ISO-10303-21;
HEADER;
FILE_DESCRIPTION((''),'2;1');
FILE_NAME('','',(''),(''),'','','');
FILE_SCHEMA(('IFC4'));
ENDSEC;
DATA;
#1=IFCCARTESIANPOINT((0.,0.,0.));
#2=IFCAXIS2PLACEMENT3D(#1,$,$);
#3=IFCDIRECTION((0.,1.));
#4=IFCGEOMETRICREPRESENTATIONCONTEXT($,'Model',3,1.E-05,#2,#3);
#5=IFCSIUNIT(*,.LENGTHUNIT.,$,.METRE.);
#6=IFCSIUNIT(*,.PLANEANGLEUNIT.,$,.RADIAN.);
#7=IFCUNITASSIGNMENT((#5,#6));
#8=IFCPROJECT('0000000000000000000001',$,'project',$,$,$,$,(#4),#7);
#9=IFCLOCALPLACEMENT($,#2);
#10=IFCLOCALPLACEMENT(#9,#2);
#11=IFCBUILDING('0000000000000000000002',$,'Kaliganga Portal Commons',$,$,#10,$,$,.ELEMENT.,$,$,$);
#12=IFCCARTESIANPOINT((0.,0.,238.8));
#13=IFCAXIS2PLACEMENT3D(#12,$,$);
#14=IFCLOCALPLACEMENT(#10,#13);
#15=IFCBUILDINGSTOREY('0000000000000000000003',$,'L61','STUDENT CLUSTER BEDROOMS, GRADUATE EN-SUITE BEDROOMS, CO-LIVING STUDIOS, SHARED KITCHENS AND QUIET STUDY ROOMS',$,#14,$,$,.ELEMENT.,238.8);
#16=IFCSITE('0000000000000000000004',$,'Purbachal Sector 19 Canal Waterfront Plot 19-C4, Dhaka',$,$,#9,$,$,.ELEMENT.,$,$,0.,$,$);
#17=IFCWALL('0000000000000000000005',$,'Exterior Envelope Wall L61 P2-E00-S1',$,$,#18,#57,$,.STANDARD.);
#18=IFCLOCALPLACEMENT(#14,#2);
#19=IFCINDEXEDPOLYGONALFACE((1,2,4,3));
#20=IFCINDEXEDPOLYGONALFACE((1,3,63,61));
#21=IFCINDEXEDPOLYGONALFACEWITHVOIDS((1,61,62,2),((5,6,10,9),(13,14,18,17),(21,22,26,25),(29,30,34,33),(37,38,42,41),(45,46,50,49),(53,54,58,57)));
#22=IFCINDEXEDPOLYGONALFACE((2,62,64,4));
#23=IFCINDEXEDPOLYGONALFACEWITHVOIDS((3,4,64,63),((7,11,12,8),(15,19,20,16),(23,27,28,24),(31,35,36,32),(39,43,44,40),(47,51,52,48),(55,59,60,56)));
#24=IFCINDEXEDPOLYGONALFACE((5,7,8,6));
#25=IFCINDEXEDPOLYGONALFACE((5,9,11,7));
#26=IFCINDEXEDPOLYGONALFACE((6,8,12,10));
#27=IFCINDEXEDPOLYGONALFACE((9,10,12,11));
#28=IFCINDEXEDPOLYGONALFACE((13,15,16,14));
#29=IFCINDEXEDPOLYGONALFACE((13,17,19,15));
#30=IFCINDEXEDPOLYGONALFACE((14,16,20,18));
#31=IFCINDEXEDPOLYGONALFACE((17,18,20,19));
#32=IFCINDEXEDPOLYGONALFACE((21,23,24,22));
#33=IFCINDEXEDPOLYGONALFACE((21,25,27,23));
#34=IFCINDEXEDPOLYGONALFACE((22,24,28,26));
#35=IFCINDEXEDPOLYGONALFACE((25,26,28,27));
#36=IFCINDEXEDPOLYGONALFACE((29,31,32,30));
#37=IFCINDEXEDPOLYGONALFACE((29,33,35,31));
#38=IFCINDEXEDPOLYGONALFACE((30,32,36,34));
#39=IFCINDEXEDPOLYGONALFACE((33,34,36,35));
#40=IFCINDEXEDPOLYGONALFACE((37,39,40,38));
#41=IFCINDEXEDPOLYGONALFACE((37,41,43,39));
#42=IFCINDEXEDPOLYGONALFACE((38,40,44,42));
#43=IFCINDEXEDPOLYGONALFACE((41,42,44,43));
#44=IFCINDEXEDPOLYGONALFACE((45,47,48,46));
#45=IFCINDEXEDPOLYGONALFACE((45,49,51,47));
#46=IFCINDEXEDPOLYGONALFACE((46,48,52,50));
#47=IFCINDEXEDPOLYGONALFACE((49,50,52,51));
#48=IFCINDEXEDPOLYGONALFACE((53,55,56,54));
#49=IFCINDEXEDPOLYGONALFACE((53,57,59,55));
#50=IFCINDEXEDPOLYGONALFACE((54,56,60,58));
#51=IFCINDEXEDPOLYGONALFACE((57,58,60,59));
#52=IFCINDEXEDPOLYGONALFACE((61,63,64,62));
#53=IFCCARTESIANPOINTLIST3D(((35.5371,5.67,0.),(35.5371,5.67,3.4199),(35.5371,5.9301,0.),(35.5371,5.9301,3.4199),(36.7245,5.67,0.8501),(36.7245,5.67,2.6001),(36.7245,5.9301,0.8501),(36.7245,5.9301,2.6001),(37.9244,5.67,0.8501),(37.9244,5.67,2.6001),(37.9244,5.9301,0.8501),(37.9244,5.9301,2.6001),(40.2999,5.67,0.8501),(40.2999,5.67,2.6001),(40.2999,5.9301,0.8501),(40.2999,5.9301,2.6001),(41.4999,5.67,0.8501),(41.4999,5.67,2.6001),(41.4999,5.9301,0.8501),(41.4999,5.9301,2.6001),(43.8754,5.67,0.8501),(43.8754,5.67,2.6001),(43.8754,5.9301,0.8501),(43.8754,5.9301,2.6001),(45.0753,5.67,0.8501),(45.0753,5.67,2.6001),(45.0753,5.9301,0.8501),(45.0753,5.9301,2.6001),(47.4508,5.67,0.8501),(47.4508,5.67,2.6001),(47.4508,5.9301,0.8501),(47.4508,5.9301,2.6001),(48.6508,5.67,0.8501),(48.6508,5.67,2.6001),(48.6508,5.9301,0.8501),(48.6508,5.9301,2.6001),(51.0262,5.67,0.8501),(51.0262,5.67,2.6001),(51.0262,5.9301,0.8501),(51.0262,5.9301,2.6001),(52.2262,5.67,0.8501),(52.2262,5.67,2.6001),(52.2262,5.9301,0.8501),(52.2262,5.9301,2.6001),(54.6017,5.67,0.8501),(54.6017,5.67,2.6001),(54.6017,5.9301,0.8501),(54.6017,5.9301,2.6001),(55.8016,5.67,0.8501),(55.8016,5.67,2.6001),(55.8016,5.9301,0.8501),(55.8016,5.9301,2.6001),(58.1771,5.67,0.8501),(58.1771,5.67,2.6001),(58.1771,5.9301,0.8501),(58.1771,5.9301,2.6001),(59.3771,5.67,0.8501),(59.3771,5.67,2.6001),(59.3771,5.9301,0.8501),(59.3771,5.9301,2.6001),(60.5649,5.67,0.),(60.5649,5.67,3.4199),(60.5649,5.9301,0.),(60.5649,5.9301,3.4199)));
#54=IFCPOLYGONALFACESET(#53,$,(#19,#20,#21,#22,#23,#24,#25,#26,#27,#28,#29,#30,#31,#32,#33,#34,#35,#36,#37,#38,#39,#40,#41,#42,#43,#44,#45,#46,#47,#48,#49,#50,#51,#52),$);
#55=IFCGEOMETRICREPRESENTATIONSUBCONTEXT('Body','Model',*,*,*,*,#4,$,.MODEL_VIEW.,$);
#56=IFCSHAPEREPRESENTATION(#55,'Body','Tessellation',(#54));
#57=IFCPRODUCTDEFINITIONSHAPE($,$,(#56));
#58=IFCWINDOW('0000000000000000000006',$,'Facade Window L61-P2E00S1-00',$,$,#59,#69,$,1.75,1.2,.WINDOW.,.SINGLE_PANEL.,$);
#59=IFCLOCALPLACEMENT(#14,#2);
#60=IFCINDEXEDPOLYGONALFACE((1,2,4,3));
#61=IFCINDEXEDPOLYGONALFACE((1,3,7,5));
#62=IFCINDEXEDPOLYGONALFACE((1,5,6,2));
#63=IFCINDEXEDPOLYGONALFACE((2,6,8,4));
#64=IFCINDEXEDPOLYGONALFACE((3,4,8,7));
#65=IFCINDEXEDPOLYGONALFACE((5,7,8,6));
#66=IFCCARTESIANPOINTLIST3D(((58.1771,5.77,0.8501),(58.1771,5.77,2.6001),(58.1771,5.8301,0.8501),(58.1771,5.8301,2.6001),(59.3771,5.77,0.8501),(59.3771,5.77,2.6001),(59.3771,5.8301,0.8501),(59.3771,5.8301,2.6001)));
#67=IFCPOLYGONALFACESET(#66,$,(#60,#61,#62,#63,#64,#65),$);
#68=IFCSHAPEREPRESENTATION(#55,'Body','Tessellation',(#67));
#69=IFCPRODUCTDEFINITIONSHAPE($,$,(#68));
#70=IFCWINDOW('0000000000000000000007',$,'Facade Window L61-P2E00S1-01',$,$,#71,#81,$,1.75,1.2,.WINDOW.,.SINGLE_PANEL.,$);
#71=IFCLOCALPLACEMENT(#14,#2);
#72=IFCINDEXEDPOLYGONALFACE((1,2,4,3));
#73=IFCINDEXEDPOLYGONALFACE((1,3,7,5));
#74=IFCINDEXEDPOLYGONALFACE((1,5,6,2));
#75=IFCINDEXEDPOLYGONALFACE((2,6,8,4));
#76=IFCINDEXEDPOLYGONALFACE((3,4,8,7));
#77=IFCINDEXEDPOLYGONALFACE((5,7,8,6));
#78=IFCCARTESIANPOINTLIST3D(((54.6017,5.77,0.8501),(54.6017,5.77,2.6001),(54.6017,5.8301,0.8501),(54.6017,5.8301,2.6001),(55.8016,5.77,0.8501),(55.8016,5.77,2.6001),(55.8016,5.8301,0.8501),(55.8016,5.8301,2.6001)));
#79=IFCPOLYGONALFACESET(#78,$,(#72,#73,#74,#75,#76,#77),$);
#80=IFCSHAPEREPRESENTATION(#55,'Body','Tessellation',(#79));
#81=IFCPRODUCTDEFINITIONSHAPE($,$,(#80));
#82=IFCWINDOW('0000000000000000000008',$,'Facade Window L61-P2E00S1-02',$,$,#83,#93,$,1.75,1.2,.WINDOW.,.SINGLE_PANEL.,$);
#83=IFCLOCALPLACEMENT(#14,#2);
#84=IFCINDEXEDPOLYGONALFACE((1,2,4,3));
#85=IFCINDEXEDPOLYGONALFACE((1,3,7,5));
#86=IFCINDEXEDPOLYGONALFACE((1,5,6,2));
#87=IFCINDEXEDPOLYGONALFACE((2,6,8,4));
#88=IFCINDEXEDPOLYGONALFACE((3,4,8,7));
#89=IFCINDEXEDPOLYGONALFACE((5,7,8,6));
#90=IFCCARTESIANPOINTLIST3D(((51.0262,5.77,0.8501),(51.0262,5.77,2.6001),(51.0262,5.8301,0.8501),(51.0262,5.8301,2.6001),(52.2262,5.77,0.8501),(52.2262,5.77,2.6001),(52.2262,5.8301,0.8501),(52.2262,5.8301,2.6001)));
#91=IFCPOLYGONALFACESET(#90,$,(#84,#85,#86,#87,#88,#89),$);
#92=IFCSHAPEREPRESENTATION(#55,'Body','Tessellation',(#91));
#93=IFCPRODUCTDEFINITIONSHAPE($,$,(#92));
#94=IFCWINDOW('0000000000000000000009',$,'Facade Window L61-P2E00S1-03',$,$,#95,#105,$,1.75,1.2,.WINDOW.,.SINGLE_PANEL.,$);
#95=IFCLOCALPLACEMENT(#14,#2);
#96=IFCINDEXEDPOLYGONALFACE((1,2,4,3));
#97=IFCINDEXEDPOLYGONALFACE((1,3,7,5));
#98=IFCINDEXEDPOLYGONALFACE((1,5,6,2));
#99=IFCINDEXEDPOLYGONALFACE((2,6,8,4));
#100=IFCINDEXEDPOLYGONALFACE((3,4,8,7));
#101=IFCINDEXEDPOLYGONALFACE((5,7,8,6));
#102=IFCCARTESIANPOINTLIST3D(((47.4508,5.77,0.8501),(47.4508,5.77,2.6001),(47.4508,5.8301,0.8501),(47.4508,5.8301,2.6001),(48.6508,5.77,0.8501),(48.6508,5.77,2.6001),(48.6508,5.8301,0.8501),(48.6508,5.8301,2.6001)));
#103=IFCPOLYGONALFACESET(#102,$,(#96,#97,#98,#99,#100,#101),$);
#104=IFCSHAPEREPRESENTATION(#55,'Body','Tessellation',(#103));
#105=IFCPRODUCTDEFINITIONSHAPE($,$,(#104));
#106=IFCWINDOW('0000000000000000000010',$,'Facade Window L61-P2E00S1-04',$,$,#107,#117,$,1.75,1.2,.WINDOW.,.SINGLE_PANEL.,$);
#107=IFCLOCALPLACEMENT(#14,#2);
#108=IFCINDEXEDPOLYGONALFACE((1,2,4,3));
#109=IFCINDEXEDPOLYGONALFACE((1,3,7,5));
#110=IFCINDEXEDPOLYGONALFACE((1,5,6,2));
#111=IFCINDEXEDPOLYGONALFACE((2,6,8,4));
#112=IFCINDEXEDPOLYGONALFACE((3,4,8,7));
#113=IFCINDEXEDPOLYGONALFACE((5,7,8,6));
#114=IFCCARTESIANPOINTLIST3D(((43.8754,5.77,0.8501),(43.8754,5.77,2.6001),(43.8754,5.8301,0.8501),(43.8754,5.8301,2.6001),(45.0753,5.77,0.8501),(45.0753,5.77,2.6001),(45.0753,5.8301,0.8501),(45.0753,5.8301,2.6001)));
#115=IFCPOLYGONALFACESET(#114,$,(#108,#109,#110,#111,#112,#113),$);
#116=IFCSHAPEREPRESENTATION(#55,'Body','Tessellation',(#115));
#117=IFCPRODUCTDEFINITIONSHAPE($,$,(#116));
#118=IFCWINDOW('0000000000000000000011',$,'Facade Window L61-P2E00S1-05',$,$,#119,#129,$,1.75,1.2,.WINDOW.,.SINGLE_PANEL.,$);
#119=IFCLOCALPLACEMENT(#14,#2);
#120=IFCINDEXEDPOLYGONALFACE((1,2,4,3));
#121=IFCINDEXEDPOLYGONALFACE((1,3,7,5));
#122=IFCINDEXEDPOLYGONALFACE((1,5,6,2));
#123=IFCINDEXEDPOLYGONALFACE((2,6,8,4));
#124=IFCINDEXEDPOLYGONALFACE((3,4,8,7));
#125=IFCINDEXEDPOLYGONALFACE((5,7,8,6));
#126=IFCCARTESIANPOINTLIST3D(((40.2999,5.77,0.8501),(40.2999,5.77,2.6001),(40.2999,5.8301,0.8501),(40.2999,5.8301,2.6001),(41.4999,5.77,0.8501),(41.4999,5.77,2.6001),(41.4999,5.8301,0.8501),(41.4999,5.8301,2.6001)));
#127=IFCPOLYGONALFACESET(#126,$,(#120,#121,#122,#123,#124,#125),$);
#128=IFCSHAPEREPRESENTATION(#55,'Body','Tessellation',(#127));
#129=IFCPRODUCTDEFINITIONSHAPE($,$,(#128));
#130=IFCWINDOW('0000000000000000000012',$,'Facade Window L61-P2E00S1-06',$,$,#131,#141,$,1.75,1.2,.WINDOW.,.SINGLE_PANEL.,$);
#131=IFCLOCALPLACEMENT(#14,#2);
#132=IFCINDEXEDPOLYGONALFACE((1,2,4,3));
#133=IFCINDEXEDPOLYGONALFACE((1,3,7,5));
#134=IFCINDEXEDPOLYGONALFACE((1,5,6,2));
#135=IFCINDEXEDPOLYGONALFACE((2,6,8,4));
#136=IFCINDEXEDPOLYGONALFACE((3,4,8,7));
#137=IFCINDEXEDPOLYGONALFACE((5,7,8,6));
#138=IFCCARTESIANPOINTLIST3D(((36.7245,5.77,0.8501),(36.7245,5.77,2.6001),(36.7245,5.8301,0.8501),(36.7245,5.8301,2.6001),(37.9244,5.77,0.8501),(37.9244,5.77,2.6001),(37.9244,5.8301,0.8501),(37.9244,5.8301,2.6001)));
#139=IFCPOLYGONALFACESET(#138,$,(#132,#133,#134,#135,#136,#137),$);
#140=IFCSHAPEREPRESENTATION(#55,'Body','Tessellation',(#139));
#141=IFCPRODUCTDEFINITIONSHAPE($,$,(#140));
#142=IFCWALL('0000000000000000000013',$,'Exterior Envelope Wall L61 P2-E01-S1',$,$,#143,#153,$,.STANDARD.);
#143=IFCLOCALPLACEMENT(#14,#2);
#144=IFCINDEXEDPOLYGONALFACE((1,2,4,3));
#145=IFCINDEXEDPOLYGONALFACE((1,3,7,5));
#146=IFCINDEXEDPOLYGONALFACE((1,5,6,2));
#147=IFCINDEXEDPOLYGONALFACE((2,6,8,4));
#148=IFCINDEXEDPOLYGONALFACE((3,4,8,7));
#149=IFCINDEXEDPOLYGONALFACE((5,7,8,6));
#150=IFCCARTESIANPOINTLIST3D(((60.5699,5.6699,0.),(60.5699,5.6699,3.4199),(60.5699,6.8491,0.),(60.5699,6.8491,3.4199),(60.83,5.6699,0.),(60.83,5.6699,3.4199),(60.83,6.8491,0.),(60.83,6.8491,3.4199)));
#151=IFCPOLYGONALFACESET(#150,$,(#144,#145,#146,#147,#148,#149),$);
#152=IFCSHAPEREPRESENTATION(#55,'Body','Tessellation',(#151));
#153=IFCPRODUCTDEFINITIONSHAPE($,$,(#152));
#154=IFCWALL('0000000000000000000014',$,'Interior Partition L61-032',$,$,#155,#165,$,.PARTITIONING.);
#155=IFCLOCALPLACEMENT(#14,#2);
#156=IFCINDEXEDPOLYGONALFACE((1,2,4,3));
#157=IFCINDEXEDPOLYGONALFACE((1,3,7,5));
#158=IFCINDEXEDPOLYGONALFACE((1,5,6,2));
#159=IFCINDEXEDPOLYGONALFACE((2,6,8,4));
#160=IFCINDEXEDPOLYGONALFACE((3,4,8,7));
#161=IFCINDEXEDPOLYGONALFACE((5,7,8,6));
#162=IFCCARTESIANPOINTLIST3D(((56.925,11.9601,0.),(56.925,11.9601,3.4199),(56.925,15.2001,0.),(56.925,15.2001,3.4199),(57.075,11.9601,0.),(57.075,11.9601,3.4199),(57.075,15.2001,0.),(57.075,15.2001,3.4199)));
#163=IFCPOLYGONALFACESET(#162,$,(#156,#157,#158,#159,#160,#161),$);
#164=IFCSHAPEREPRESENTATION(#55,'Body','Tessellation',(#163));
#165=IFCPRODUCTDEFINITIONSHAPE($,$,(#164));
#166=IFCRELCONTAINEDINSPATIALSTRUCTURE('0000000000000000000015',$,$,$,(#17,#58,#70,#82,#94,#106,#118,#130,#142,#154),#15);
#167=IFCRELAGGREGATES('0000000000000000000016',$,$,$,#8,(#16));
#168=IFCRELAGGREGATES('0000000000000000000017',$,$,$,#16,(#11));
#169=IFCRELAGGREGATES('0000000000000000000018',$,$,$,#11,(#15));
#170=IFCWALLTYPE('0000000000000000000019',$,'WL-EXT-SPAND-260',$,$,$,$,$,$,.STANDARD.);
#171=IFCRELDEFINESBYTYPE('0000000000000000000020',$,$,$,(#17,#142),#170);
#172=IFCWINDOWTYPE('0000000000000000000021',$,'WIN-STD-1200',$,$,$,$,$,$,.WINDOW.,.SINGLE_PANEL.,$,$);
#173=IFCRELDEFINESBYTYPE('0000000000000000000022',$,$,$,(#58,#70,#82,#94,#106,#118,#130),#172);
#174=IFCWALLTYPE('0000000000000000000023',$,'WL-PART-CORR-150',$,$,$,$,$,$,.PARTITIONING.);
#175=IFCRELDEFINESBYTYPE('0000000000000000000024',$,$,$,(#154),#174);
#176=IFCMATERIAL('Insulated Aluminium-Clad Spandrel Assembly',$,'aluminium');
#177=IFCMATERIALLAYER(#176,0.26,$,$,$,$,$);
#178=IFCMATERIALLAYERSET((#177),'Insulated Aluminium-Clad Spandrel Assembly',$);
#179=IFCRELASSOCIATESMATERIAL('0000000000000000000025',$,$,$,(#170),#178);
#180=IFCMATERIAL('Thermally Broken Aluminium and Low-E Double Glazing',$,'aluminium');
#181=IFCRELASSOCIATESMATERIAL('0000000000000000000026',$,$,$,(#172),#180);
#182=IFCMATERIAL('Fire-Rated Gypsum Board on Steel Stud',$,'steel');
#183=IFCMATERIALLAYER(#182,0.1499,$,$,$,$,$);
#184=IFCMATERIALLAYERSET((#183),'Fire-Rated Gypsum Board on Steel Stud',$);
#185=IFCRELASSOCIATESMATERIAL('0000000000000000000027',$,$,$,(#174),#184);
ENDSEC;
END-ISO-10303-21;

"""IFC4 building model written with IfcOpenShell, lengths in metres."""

from ifc_helpers import new_model, si_unit, direction, frame, frame_2d, origin, place, context, subcontext, project, spatial, rectangle, extrude, material, layer, layer_set, type_object, element, fill, save


model = new_model("IFC4")

# Units and contexts
model_context = context("Model", 3, precision=1e-05, world=origin(), true_north=direction((0.0, 1.0)))
body_context = subcontext(model_context, "Body", "Model", "MODEL_VIEW")
ifc_project = project(units=[si_unit("LENGTHUNIT", "METRE"), si_unit("PLANEANGLEUNIT", "RADIAN")], contexts=[model_context])

# Site, building, storey
site_placement = place(None, origin())
site = spatial("IfcSite", under=ifc_project, at=site_placement, Name="Purbachal Sector 19 Canal Waterfront Plot 19-C4, Dhaka", CompositionType="ELEMENT", RefElevation=0.0)
building_placement = place(site_placement, origin())
building = spatial("IfcBuilding", under=site, at=building_placement, Name="Kaliganga Portal Commons", CompositionType="ELEMENT")
storey_placement = place(building_placement, frame((0.0, 0.0, 238.8)))
storey = spatial("IfcBuildingStorey", under=building, at=storey_placement, Name="L61", Description="STUDENT CLUSTER BEDROOMS, GRADUATE EN-SUITE BEDROOMS, CO-LIVING STUDIOS, SHARED KITCHENS AND QUIET STUDY ROOMS", CompositionType="ELEMENT", Elevation=238.8)

# Wall, openings, windows
ifc_material_1 = material(Name="Insulated Aluminium-Clad Spandrel Assembly", Category="aluminium")
ifc_layer_1 = layer(ifc_material_1, 0.26)
ifc_layer_set_1 = layer_set([ifc_layer_1], Name="Insulated Aluminium-Clad Spandrel Assembly")
wall_type_1 = type_object("IfcWallType", Name="WL-EXT-SPAND-260", PredefinedType="STANDARD", material=ifc_layer_set_1)
wall_1_placement = place(storey_placement, frame((60.5649, 5.8, 0.0), z_axis=(0.0, 0.0, 1.0), x_axis=(-1.0, 0.0, 0.0)))
wall_1 = element("IfcWall", 1, at=wall_1_placement, inside=storey, type_object=wall_type_1, Name="Exterior Envelope Wall L61 P2-E00-S1", PredefinedType="STANDARD", context=body_context, shape_type="SweptSolid", body=[
    extrude(rectangle(XDim=25.0278, YDim=0.26, at=frame_2d((12.5139, 0.0))), origin(), (0.0, 0.0, 1.0), 3.4199),
])
opening_1_placement = place(wall_1_placement, frame((1.1877, 0.0, 0.8501)))
opening_1 = element("IfcOpeningElement", 2, at=opening_1_placement, cuts=wall_1, PredefinedType="OPENING", context=body_context, shape_type="SweptSolid", body=[
    extrude(rectangle(XDim=1.2, YDim=1.75, at=frame_2d((0.6001, 0.875))), frame((0.0, 0.1401, 0.0), z_axis=(0.0, -1.0, 0.0), x_axis=(1.0, 0.0, 0.0)), (0.0, 0.0, 1.0), 0.28),
])
opening_2_placement = place(wall_1_placement, frame((4.7632, 0.0, 0.8501)))
opening_2 = element("IfcOpeningElement", 3, at=opening_2_placement, cuts=wall_1, PredefinedType="OPENING", context=body_context, shape_type="SweptSolid", body=[
    extrude(rectangle(XDim=1.2, YDim=1.75, at=frame_2d((0.6001, 0.875))), frame((0.0, 0.1401, 0.0), z_axis=(0.0, -1.0, 0.0), x_axis=(1.0, 0.0, 0.0)), (0.0, 0.0, 1.0), 0.28),
])
opening_3_placement = place(wall_1_placement, frame((8.3386, 0.0, 0.8501)))
opening_3 = element("IfcOpeningElement", 4, at=opening_3_placement, cuts=wall_1, PredefinedType="OPENING", context=body_context, shape_type="SweptSolid", body=[
    extrude(rectangle(XDim=1.2, YDim=1.75, at=frame_2d((0.6001, 0.875))), frame((0.0, 0.1401, 0.0), z_axis=(0.0, -1.0, 0.0), x_axis=(1.0, 0.0, 0.0)), (0.0, 0.0, 1.0), 0.28),
])
opening_4_placement = place(wall_1_placement, frame((11.9141, 0.0, 0.8501)))
opening_4 = element("IfcOpeningElement", 5, at=opening_4_placement, cuts=wall_1, PredefinedType="OPENING", context=body_context, shape_type="SweptSolid", body=[
    extrude(rectangle(XDim=1.2, YDim=1.75, at=frame_2d((0.6001, 0.875))), frame((0.0, 0.1401, 0.0), z_axis=(0.0, -1.0, 0.0), x_axis=(1.0, 0.0, 0.0)), (0.0, 0.0, 1.0), 0.28),
])
opening_5_placement = place(wall_1_placement, frame((15.4895, 0.0, 0.8501)))
opening_5 = element("IfcOpeningElement", 6, at=opening_5_placement, cuts=wall_1, PredefinedType="OPENING", context=body_context, shape_type="SweptSolid", body=[
    extrude(rectangle(XDim=1.2, YDim=1.75, at=frame_2d((0.6001, 0.875))), frame((0.0, 0.1401, 0.0), z_axis=(0.0, -1.0, 0.0), x_axis=(1.0, 0.0, 0.0)), (0.0, 0.0, 1.0), 0.28),
])
opening_6_placement = place(wall_1_placement, frame((19.0649, 0.0, 0.8501)))
opening_6 = element("IfcOpeningElement", 7, at=opening_6_placement, cuts=wall_1, PredefinedType="OPENING", context=body_context, shape_type="SweptSolid", body=[
    extrude(rectangle(XDim=1.2, YDim=1.75, at=frame_2d((0.6001, 0.875))), frame((0.0, 0.1401, 0.0), z_axis=(0.0, -1.0, 0.0), x_axis=(1.0, 0.0, 0.0)), (0.0, 0.0, 1.0), 0.28),
])
opening_7_placement = place(wall_1_placement, frame((22.6404, 0.0, 0.8501)))
opening_7 = element("IfcOpeningElement", 8, at=opening_7_placement, cuts=wall_1, PredefinedType="OPENING", context=body_context, shape_type="SweptSolid", body=[
    extrude(rectangle(XDim=1.2, YDim=1.75, at=frame_2d((0.6001, 0.875))), frame((0.0, 0.1401, 0.0), z_axis=(0.0, -1.0, 0.0), x_axis=(1.0, 0.0, 0.0)), (0.0, 0.0, 1.0), 0.28),
])
ifc_material_2 = material(Name="Thermally Broken Aluminium and Low-E Double Glazing", Category="aluminium")
window_type = type_object("IfcWindowType", Name="WIN-STD-1200", PartitioningType="SINGLE_PANEL", PredefinedType="WINDOW", material=ifc_material_2)
window_1_placement = place(opening_1_placement, origin())
window_1 = element("IfcWindow", 9, at=window_1_placement, inside=storey, type_object=window_type, Name="Facade Window L61-P2E00S1-00", OverallHeight=1.75, OverallWidth=1.2, PartitioningType="SINGLE_PANEL", PredefinedType="WINDOW", context=body_context, shape_type="SweptSolid", body=[
    extrude(rectangle(XDim=1.2, YDim=1.75, at=frame_2d((0.6001, 0.875))), frame((0.0, 0.03, 0.0), z_axis=(0.0, -1.0, 0.0), x_axis=(1.0, 0.0, 0.0)), (0.0, 0.0, 1.0), 0.0601),
])
fill(opening_1, window_1)
window_2_placement = place(opening_2_placement, origin())
window_2 = element("IfcWindow", 10, at=window_2_placement, inside=storey, type_object=window_type, Name="Facade Window L61-P2E00S1-01", OverallHeight=1.75, OverallWidth=1.2, PartitioningType="SINGLE_PANEL", PredefinedType="WINDOW", context=body_context, shape_type="SweptSolid", body=[
    extrude(rectangle(XDim=1.2, YDim=1.75, at=frame_2d((0.6001, 0.875))), frame((0.0, 0.03, 0.0), z_axis=(0.0, -1.0, 0.0), x_axis=(1.0, 0.0, 0.0)), (0.0, 0.0, 1.0), 0.0601),
])
fill(opening_2, window_2)
window_3_placement = place(opening_3_placement, origin())
window_3 = element("IfcWindow", 11, at=window_3_placement, inside=storey, type_object=window_type, Name="Facade Window L61-P2E00S1-02", OverallHeight=1.75, OverallWidth=1.2, PartitioningType="SINGLE_PANEL", PredefinedType="WINDOW", context=body_context, shape_type="SweptSolid", body=[
    extrude(rectangle(XDim=1.2, YDim=1.75, at=frame_2d((0.6001, 0.875))), frame((0.0, 0.03, 0.0), z_axis=(0.0, -1.0, 0.0), x_axis=(1.0, 0.0, 0.0)), (0.0, 0.0, 1.0), 0.0601),
])
fill(opening_3, window_3)
window_4_placement = place(opening_4_placement, origin())
window_4 = element("IfcWindow", 12, at=window_4_placement, inside=storey, type_object=window_type, Name="Facade Window L61-P2E00S1-03", OverallHeight=1.75, OverallWidth=1.2, PartitioningType="SINGLE_PANEL", PredefinedType="WINDOW", context=body_context, shape_type="SweptSolid", body=[
    extrude(rectangle(XDim=1.2, YDim=1.75, at=frame_2d((0.6001, 0.875))), frame((0.0, 0.03, 0.0), z_axis=(0.0, -1.0, 0.0), x_axis=(1.0, 0.0, 0.0)), (0.0, 0.0, 1.0), 0.0601),
])
fill(opening_4, window_4)
window_5_placement = place(opening_5_placement, origin())
window_5 = element("IfcWindow", 13, at=window_5_placement, inside=storey, type_object=window_type, Name="Facade Window L61-P2E00S1-04", OverallHeight=1.75, OverallWidth=1.2, PartitioningType="SINGLE_PANEL", PredefinedType="WINDOW", context=body_context, shape_type="SweptSolid", body=[
    extrude(rectangle(XDim=1.2, YDim=1.75, at=frame_2d((0.6001, 0.875))), frame((0.0, 0.03, 0.0), z_axis=(0.0, -1.0, 0.0), x_axis=(1.0, 0.0, 0.0)), (0.0, 0.0, 1.0), 0.0601),
])
fill(opening_5, window_5)
window_6_placement = place(opening_6_placement, origin())
window_6 = element("IfcWindow", 14, at=window_6_placement, inside=storey, type_object=window_type, Name="Facade Window L61-P2E00S1-05", OverallHeight=1.75, OverallWidth=1.2, PartitioningType="SINGLE_PANEL", PredefinedType="WINDOW", context=body_context, shape_type="SweptSolid", body=[
    extrude(rectangle(XDim=1.2, YDim=1.75, at=frame_2d((0.6001, 0.875))), frame((0.0, 0.03, 0.0), z_axis=(0.0, -1.0, 0.0), x_axis=(1.0, 0.0, 0.0)), (0.0, 0.0, 1.0), 0.0601),
])
fill(opening_6, window_6)
window_7_placement = place(opening_7_placement, origin())
window_7 = element("IfcWindow", 15, at=window_7_placement, inside=storey, type_object=window_type, Name="Facade Window L61-P2E00S1-06", OverallHeight=1.75, OverallWidth=1.2, PartitioningType="SINGLE_PANEL", PredefinedType="WINDOW", context=body_context, shape_type="SweptSolid", body=[
    extrude(rectangle(XDim=1.2, YDim=1.75, at=frame_2d((0.6001, 0.875))), frame((0.0, 0.03, 0.0), z_axis=(0.0, -1.0, 0.0), x_axis=(1.0, 0.0, 0.0)), (0.0, 0.0, 1.0), 0.0601),
])
fill(opening_7, window_7)

# Walls
wall_2_placement = place(storey_placement, frame((60.7, 6.8491, 0.0), z_axis=(0.0, 0.0, 1.0), x_axis=(0.0, -1.0, 0.0)))
element("IfcWall", 16, at=wall_2_placement, inside=storey, type_object=wall_type_1, Name="Exterior Envelope Wall L61 P2-E01-S1", PredefinedType="STANDARD", context=body_context, shape_type="SweptSolid", body=[
    extrude(rectangle(XDim=1.1792, YDim=0.26, at=frame_2d((0.5896, 0.0))), origin(), (0.0, 0.0, 1.0), 3.4199),
])
ifc_material_3 = material(Name="Fire-Rated Gypsum Board on Steel Stud", Category="steel")
ifc_layer_2 = layer(ifc_material_3, 0.1499)
ifc_layer_set_2 = layer_set([ifc_layer_2], Name="Fire-Rated Gypsum Board on Steel Stud")
wall_type_2 = type_object("IfcWallType", Name="WL-PART-CORR-150", PredefinedType="PARTITIONING", material=ifc_layer_set_2)
wall_3_placement = place(storey_placement, frame((57.0, 11.96, 0.0), z_axis=(0.0, 0.0, 1.0), x_axis=(0.0, 1.0, 0.0)))
element("IfcWall", 17, at=wall_3_placement, inside=storey, type_object=wall_type_2, Name="Interior Partition L61-032", PredefinedType="PARTITIONING", context=body_context, shape_type="SweptSolid", body=[
    extrude(rectangle(XDim=3.24, YDim=0.1499, at=frame_2d((1.6201, 0.0))), origin(), (0.0, 0.0, 1.0), 3.4199),
])

save(model, "model.ifc")
